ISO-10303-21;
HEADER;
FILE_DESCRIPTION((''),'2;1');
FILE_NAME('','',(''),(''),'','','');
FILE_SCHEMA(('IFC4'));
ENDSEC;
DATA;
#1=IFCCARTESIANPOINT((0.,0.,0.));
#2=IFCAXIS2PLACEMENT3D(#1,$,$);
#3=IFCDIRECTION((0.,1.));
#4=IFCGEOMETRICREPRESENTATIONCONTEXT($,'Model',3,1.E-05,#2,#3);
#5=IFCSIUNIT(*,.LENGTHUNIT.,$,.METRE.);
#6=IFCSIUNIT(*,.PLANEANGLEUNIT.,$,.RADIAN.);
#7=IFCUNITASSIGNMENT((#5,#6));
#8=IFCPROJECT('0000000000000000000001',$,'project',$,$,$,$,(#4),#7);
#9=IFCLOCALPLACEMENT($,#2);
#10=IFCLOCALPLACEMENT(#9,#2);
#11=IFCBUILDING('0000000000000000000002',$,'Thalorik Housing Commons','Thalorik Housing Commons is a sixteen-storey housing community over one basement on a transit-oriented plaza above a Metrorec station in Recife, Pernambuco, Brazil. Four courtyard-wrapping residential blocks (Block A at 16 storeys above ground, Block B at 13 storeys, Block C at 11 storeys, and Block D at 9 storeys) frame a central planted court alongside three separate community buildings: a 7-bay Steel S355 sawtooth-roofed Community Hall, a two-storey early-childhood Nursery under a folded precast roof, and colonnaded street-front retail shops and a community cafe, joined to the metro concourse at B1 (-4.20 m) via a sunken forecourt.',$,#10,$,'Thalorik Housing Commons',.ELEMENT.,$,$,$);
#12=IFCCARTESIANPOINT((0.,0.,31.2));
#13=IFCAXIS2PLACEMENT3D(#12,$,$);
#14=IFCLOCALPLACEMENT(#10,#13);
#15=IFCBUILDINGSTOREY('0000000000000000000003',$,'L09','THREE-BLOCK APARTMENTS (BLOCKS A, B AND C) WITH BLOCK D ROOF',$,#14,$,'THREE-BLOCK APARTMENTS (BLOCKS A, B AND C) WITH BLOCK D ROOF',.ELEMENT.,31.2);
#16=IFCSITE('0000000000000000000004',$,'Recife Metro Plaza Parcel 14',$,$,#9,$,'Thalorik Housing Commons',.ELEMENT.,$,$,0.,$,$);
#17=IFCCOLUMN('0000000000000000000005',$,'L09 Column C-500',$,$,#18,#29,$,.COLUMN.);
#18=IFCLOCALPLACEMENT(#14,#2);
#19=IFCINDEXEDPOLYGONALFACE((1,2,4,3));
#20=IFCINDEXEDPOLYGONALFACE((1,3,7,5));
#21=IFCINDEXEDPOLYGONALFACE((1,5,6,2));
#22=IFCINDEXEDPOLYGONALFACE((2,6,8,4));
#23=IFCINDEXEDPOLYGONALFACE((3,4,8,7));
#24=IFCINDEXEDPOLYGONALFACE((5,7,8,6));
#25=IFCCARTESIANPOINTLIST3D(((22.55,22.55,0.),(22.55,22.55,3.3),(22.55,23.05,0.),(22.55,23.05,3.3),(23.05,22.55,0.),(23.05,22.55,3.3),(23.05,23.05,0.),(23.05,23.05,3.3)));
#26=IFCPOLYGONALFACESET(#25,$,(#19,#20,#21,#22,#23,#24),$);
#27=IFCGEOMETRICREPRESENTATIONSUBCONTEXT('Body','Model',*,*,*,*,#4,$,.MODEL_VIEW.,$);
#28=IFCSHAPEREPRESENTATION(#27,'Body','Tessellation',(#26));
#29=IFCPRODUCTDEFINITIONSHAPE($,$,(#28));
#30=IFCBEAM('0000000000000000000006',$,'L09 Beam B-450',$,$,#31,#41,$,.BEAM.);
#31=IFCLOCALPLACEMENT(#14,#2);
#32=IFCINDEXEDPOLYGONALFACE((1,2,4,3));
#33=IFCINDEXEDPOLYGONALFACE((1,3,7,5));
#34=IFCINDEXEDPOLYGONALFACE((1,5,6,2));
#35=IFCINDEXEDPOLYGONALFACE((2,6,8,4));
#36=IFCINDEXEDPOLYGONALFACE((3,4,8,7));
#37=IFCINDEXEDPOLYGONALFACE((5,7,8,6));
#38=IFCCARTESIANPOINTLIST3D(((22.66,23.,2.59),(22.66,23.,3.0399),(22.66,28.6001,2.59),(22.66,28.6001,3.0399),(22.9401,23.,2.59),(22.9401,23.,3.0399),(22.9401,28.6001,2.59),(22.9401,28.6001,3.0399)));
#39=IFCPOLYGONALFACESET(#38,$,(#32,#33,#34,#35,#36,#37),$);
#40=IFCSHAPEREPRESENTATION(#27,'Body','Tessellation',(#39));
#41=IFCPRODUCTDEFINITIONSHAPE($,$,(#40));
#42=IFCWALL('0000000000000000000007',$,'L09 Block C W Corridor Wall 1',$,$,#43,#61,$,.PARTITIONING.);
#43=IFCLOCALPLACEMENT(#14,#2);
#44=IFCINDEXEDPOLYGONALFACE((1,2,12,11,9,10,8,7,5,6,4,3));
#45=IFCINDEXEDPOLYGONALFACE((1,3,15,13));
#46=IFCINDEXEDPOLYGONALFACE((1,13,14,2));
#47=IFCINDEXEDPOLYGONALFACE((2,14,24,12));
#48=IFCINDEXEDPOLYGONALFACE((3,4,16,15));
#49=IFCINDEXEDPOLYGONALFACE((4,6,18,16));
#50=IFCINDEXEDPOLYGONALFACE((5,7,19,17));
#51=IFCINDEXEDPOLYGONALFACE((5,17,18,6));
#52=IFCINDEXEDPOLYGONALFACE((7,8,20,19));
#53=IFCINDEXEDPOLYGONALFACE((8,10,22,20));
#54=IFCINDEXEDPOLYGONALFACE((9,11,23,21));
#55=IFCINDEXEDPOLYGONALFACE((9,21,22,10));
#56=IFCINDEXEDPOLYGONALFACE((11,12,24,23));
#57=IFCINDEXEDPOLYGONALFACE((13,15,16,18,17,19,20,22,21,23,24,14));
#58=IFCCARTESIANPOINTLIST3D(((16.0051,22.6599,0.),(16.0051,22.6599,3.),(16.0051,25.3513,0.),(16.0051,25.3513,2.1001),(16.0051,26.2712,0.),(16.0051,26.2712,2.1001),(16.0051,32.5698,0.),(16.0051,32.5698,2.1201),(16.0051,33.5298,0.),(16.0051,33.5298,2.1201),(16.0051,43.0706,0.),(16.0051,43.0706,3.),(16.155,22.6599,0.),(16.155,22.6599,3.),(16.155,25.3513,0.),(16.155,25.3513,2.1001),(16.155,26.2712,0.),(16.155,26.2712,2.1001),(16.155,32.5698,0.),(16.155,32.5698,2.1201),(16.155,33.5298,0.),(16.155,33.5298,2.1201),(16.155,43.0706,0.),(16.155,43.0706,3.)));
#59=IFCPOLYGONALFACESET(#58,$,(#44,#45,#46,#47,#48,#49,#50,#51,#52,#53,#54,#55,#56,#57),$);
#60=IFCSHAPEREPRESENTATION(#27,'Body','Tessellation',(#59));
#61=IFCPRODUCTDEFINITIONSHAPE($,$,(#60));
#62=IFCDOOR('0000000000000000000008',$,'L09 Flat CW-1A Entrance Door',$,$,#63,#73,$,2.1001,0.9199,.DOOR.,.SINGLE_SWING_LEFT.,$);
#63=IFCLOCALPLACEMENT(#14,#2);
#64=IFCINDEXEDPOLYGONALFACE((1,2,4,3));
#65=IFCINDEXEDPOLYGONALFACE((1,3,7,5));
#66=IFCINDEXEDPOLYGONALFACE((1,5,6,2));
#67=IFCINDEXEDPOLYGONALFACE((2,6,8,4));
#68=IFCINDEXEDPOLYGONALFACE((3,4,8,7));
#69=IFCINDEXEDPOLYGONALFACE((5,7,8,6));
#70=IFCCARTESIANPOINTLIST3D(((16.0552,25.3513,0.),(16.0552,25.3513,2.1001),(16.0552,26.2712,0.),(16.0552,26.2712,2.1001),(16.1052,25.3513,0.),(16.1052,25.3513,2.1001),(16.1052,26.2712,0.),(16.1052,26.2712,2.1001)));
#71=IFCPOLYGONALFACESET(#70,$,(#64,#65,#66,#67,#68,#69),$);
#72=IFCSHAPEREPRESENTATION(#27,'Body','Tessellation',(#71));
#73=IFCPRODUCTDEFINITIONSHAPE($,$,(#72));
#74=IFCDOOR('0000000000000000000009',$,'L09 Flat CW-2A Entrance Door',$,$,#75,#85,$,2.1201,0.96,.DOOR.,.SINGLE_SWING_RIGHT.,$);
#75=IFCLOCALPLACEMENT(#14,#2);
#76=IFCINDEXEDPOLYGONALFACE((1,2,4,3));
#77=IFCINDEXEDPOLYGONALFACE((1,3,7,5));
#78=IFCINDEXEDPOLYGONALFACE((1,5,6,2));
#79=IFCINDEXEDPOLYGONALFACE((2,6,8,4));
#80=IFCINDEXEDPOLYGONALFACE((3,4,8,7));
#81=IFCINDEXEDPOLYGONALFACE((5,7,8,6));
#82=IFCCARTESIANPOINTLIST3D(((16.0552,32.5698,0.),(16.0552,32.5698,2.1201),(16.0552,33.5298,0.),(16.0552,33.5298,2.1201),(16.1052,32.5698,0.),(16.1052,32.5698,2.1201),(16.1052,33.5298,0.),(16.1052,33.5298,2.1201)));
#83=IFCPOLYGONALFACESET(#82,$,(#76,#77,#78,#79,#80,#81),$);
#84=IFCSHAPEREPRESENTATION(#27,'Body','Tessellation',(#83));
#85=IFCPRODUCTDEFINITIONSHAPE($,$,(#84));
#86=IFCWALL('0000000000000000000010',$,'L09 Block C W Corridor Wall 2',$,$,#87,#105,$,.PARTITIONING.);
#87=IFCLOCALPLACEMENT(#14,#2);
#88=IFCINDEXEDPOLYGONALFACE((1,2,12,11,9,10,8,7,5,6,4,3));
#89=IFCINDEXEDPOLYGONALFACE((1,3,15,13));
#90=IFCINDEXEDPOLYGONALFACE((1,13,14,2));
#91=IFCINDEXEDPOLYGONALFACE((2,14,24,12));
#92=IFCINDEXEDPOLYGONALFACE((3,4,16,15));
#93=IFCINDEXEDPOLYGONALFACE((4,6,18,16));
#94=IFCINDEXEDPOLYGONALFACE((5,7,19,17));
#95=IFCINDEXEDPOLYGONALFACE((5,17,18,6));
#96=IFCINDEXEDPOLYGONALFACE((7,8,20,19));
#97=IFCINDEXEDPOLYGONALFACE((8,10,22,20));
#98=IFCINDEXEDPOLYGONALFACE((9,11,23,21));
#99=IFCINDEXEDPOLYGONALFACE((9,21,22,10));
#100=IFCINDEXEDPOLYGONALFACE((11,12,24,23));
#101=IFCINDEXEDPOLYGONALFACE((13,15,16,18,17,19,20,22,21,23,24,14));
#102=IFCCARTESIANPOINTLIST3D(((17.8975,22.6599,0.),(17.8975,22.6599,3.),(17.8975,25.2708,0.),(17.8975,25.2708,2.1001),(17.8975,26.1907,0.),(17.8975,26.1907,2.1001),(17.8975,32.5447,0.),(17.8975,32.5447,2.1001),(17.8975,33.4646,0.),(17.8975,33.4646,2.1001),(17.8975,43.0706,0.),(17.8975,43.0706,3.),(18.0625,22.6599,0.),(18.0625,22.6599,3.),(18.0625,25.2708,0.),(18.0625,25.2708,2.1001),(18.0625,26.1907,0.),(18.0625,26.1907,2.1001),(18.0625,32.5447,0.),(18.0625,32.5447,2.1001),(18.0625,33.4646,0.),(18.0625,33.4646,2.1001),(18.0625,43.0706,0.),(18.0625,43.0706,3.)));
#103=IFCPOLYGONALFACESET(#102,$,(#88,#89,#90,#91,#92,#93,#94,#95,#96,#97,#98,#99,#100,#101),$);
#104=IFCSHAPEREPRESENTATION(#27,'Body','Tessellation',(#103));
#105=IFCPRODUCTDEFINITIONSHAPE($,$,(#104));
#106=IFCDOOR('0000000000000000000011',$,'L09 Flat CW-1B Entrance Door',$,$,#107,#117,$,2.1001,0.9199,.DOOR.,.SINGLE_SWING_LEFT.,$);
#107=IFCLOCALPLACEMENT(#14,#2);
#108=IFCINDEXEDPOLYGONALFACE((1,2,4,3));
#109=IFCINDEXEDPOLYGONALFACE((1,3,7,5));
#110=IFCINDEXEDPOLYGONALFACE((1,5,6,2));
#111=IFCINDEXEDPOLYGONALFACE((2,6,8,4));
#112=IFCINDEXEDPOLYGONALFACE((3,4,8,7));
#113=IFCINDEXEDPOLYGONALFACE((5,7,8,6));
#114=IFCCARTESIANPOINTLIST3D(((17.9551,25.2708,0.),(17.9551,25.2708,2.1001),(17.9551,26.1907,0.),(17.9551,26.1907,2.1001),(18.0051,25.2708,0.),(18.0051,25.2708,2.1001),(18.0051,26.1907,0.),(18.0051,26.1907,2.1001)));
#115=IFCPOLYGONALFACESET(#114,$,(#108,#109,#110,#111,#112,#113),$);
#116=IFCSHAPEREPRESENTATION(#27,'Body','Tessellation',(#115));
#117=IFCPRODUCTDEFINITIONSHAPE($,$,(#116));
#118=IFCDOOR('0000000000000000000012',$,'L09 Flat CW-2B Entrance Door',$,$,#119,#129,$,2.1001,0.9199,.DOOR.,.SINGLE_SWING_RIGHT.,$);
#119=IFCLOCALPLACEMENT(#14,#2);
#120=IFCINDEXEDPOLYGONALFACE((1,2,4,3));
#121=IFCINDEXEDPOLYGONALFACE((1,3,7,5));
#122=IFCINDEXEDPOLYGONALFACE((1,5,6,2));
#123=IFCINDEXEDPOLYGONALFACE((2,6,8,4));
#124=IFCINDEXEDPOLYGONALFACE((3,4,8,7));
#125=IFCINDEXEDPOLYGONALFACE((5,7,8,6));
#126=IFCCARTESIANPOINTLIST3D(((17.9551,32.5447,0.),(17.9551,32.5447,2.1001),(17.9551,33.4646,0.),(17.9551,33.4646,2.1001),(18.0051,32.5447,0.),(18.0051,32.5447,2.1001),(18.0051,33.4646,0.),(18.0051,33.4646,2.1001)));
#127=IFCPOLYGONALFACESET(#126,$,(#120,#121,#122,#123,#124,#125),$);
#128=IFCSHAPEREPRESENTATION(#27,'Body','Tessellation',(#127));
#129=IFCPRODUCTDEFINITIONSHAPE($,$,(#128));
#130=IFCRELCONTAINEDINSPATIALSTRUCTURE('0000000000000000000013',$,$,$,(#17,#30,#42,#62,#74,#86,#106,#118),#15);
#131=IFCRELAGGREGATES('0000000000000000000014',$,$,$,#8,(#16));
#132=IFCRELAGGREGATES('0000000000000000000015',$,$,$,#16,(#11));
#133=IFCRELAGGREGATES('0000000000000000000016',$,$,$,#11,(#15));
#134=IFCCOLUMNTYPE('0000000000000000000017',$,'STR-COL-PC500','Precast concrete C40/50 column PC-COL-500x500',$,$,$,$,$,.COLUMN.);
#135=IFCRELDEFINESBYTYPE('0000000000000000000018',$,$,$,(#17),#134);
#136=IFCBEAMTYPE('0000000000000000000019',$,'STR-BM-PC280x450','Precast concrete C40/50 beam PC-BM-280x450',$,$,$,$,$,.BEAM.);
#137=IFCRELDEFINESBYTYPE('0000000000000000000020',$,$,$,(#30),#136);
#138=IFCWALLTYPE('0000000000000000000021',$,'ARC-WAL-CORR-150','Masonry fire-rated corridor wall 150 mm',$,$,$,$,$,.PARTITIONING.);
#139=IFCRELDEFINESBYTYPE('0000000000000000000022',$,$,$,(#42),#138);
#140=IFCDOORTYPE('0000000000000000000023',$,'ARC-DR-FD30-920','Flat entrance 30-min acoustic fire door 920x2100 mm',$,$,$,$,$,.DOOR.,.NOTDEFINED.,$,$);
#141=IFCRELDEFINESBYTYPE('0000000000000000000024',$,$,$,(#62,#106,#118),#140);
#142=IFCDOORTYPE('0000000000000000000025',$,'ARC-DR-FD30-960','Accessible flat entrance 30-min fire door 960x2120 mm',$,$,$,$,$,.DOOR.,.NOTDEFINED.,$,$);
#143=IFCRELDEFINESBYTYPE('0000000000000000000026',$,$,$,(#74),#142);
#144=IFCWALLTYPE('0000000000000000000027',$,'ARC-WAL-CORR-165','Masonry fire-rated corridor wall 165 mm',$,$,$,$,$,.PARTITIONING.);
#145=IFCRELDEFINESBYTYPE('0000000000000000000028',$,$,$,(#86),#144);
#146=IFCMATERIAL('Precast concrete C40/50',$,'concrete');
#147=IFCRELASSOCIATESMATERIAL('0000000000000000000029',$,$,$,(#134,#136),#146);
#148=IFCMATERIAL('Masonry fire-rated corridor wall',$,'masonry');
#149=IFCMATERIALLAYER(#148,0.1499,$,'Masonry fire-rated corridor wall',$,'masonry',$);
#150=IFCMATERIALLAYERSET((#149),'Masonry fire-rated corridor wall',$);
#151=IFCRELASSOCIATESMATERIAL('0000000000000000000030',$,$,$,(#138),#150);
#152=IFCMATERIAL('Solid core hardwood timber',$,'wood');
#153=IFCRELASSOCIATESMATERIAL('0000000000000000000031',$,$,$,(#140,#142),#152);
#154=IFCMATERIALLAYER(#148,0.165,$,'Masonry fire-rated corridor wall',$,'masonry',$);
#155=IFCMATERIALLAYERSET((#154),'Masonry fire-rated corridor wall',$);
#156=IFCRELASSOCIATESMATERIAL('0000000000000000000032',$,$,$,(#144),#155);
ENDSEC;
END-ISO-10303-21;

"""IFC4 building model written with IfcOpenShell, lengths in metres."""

from ifc_helpers import new_model, si_unit, direction, frame, frame_2d, origin, origin_2d, place, context, subcontext, project, spatial, rectangle, extrude, material, layer, layer_set, material_profile, profile_set, type_object, element, fill, save


model = new_model("IFC4")

# Units and contexts
model_context = context("Model", 3, precision=1e-05, world=origin(), true_north=direction((0.0, 1.0)))
body_context = subcontext(model_context, "Body", "Model", "MODEL_VIEW")
ifc_project = project(units=[si_unit("LENGTHUNIT", "METRE"), si_unit("PLANEANGLEUNIT", "RADIAN")], contexts=[model_context])

# Site, building, storey
site_placement = place(None, origin())
site = spatial("IfcSite", under=ifc_project, at=site_placement, Name="Recife Metro Plaza Parcel 14", LongName="Thalorik Housing Commons", CompositionType="ELEMENT", RefElevation=0.0)
building_placement = place(site_placement, origin())
building = spatial("IfcBuilding", under=site, at=building_placement, Name="Thalorik Housing Commons", Description="Thalorik Housing Commons is a sixteen-storey housing community over one basement on a transit-oriented plaza above a Metrorec station in Recife, Pernambuco, Brazil. Four courtyard-wrapping residential blocks (Block A at 16 storeys above ground, Block B at 13 storeys, Block C at 11 storeys, and Block D at 9 storeys) frame a central planted court alongside three separate community buildings: a 7-bay Steel S355 sawtooth-roofed Community Hall, a two-storey early-childhood Nursery under a folded precast roof, and colonnaded street-front retail shops and a community cafe, joined to the metro concourse at B1 (-4.20 m) via a sunken forecourt.", LongName="Thalorik Housing Commons", CompositionType="ELEMENT")
storey_placement = place(building_placement, frame((0.0, 0.0, 31.2)))
storey = spatial("IfcBuildingStorey", under=building, at=storey_placement, Name="L09", Description="THREE-BLOCK APARTMENTS (BLOCKS A, B AND C) WITH BLOCK D ROOF", LongName="THREE-BLOCK APARTMENTS (BLOCKS A, B AND C) WITH BLOCK D ROOF", CompositionType="ELEMENT", Elevation=31.2)

# Column
ifc_material_1 = material(Name="Precast concrete C40/50", Category="concrete")
ifc_material_profile_1 = material_profile(ifc_material_1, rectangle(XDim=0.5, YDim=0.5, at=origin_2d()), Name="PC 500x500", Category="concrete")
ifc_profile_set_1 = profile_set([ifc_material_profile_1], Name="Precast concrete C40/50")
column_type = type_object("IfcColumnType", Name="STR-COL-PC500", Description="Precast concrete C40/50 column PC-COL-500x500", PredefinedType="COLUMN", material=ifc_profile_set_1)
column_placement = place(storey_placement, frame((22.8, 22.8, 0.0), z_axis=(0.0, 0.0, 1.0), x_axis=(1.0, 0.0, 0.0)))
element("IfcColumn", 1, at=column_placement, inside=storey, type_object=column_type, Name="L09 Column C-500", PredefinedType="COLUMN", context=body_context, shape_type="SweptSolid", body=[
    extrude(rectangle(XDim=0.5, YDim=0.5, at=origin_2d()), origin(), (0.0, 0.0, 1.0), 3.3),
])

# Beam
ifc_material_profile_2 = material_profile(ifc_material_1, rectangle(XDim=0.28, YDim=0.45, at=origin_2d()), Name="PC 280x450", Category="concrete")
ifc_profile_set_2 = profile_set([ifc_material_profile_2], Name="Precast concrete C40/50")
beam_type = type_object("IfcBeamType", Name="STR-BM-PC280x450", Description="Precast concrete C40/50 beam PC-BM-280x450", PredefinedType="BEAM", material=ifc_profile_set_2)
beam_placement = place(storey_placement, frame((22.8, 23.0, 2.8149), z_axis=(0.0, 1.0, 0.0), x_axis=(-1.0, 0.0, 0.0)))
element("IfcBeam", 2, at=beam_placement, inside=storey, type_object=beam_type, Name="L09 Beam B-450", PredefinedType="BEAM", context=body_context, shape_type="SweptSolid", body=[
    extrude(rectangle(XDim=0.28, YDim=0.45, at=origin_2d()), origin(), (0.0, 0.0, 1.0), 5.6001),
])

# Walls, openings, doors
ifc_material_2 = material(Name="Masonry fire-rated corridor wall", Category="masonry")
ifc_layer_1 = layer(ifc_material_2, 0.1499, Name="Masonry fire-rated corridor wall", Category="masonry")
ifc_layer_set_1 = layer_set([ifc_layer_1], Name="Masonry fire-rated corridor wall")
wall_type_1 = type_object("IfcWallType", Name="ARC-WAL-CORR-150", Description="Masonry fire-rated corridor wall 150 mm", PredefinedType="PARTITIONING", material=ifc_layer_set_1)
wall_1_placement = place(storey_placement, frame((16.0801, 22.6599, 0.0), z_axis=(0.0, 0.0, 1.0), x_axis=(0.0, 1.0, 0.0)))
wall_1 = element("IfcWall", 3, at=wall_1_placement, inside=storey, type_object=wall_type_1, Name="L09 Block C W Corridor Wall 1", PredefinedType="PARTITIONING", context=body_context, shape_type="SweptSolid", body=[
    extrude(rectangle(XDim=20.4106, YDim=0.1499, at=frame_2d((10.2053, 0.0))), origin(), (0.0, 0.0, 1.0), 3.0),
])
opening_1_placement = place(wall_1_placement, frame((2.6914, 0.0, 0.0)))
opening_1 = element("IfcOpeningElement", 4, at=opening_1_placement, cuts=wall_1, PredefinedType="OPENING", context=body_context, shape_type="SweptSolid", body=[
    extrude(rectangle(XDim=0.9199, YDim=2.1001, at=frame_2d((0.46, 1.05))), frame((0.0, 0.085, 0.0), z_axis=(0.0, -1.0, 0.0), x_axis=(1.0, 0.0, 0.0)), (0.0, 0.0, 1.0), 0.1699),
])
opening_2_placement = place(wall_1_placement, frame((9.9099, 0.0, 0.0)))
opening_2 = element("IfcOpeningElement", 5, at=opening_2_placement, cuts=wall_1, PredefinedType="OPENING", context=body_context, shape_type="SweptSolid", body=[
    extrude(rectangle(XDim=0.96, YDim=2.1201, at=frame_2d((0.48, 1.0601))), frame((0.0, 0.085, 0.0), z_axis=(0.0, -1.0, 0.0), x_axis=(1.0, 0.0, 0.0)), (0.0, 0.0, 1.0), 0.1699),
])
ifc_material_3 = material(Name="Solid core hardwood timber", Category="wood")
door_type_1 = type_object("IfcDoorType", Name="ARC-DR-FD30-920", Description="Flat entrance 30-min acoustic fire door 920x2100 mm", OperationType="NOTDEFINED", PredefinedType="DOOR", material=ifc_material_3)
door_1_placement = place(opening_1_placement, origin())
door_1 = element("IfcDoor", 6, at=door_1_placement, inside=storey, type_object=door_type_1, Name="L09 Flat CW-1A Entrance Door", OperationType="SINGLE_SWING_LEFT", OverallHeight=2.1001, OverallWidth=0.9199, PredefinedType="DOOR", context=body_context, shape_type="SweptSolid", body=[
    extrude(rectangle(XDim=0.9199, YDim=2.1001, at=frame_2d((0.46, 1.05))), frame((0.0, 0.0249, 0.0), z_axis=(0.0, -1.0, 0.0), x_axis=(1.0, 0.0, 0.0)), (0.0, 0.0, 1.0), 0.05),
])
fill(opening_1, door_1)
door_type_2 = type_object("IfcDoorType", Name="ARC-DR-FD30-960", Description="Accessible flat entrance 30-min fire door 960x2120 mm", OperationType="NOTDEFINED", PredefinedType="DOOR", material=ifc_material_3)
door_2_placement = place(opening_2_placement, origin())
door_2 = element("IfcDoor", 7, at=door_2_placement, inside=storey, type_object=door_type_2, Name="L09 Flat CW-2A Entrance Door", OperationType="SINGLE_SWING_RIGHT", OverallHeight=2.1201, OverallWidth=0.96, PredefinedType="DOOR", context=body_context, shape_type="SweptSolid", body=[
    extrude(rectangle(XDim=0.96, YDim=2.1201, at=frame_2d((0.48, 1.0601))), frame((0.0, 0.0249, 0.0), z_axis=(0.0, -1.0, 0.0), x_axis=(1.0, 0.0, 0.0)), (0.0, 0.0, 1.0), 0.05),
])
fill(opening_2, door_2)
ifc_layer_2 = layer(ifc_material_2, 0.165, Name="Masonry fire-rated corridor wall", Category="masonry")
ifc_layer_set_2 = layer_set([ifc_layer_2], Name="Masonry fire-rated corridor wall")
wall_type_2 = type_object("IfcWallType", Name="ARC-WAL-CORR-165", Description="Masonry fire-rated corridor wall 165 mm", PredefinedType="PARTITIONING", material=ifc_layer_set_2)
wall_2_placement = place(storey_placement, frame((17.98, 22.6599, 0.0), z_axis=(0.0, 0.0, 1.0), x_axis=(0.0, 1.0, 0.0)))
wall_2 = element("IfcWall", 8, at=wall_2_placement, inside=storey, type_object=wall_type_2, Name="L09 Block C W Corridor Wall 2", PredefinedType="PARTITIONING", context=body_context, shape_type="SweptSolid", body=[
    extrude(rectangle(XDim=20.4106, YDim=0.165, at=frame_2d((10.2053, 0.0))), origin(), (0.0, 0.0, 1.0), 3.0),
])
opening_3_placement = place(wall_2_placement, frame((2.6108, 0.0, 0.0)))
opening_3 = element("IfcOpeningElement", 9, at=opening_3_placement, cuts=wall_2, PredefinedType="OPENING", context=body_context, shape_type="SweptSolid", body=[
    extrude(rectangle(XDim=0.9199, YDim=2.1001, at=frame_2d((0.46, 1.05))), frame((0.0, 0.0925, 0.0), z_axis=(0.0, -1.0, 0.0), x_axis=(1.0, 0.0, 0.0)), (0.0, 0.0, 1.0), 0.1851),
])
opening_4_placement = place(wall_2_placement, frame((9.8848, 0.0, 0.0)))
opening_4 = element("IfcOpeningElement", 10, at=opening_4_placement, cuts=wall_2, PredefinedType="OPENING", context=body_context, shape_type="SweptSolid", body=[
    extrude(rectangle(XDim=0.9199, YDim=2.1001, at=frame_2d((0.46, 1.05))), frame((0.0, 0.0925, 0.0), z_axis=(0.0, -1.0, 0.0), x_axis=(1.0, 0.0, 0.0)), (0.0, 0.0, 1.0), 0.1851),
])
door_3_placement = place(opening_3_placement, origin())
door_3 = element("IfcDoor", 11, at=door_3_placement, inside=storey, type_object=door_type_1, Name="L09 Flat CW-1B Entrance Door", OperationType="SINGLE_SWING_LEFT", OverallHeight=2.1001, OverallWidth=0.9199, PredefinedType="DOOR", context=body_context, shape_type="SweptSolid", body=[
    extrude(rectangle(XDim=0.9199, YDim=2.1001, at=frame_2d((0.46, 1.05))), frame((0.0, 0.0249, 0.0), z_axis=(0.0, -1.0, 0.0), x_axis=(1.0, 0.0, 0.0)), (0.0, 0.0, 1.0), 0.05),
])
fill(opening_3, door_3)
door_4_placement = place(opening_4_placement, origin())
door_4 = element("IfcDoor", 12, at=door_4_placement, inside=storey, type_object=door_type_1, Name="L09 Flat CW-2B Entrance Door", OperationType="SINGLE_SWING_RIGHT", OverallHeight=2.1001, OverallWidth=0.9199, PredefinedType="DOOR", context=body_context, shape_type="SweptSolid", body=[
    extrude(rectangle(XDim=0.9199, YDim=2.1001, at=frame_2d((0.46, 1.05))), frame((0.0, 0.0249, 0.0), z_axis=(0.0, -1.0, 0.0), x_axis=(1.0, 0.0, 0.0)), (0.0, 0.0, 1.0), 0.05),
])
fill(opening_4, door_4)

save(model, "model.ifc")
